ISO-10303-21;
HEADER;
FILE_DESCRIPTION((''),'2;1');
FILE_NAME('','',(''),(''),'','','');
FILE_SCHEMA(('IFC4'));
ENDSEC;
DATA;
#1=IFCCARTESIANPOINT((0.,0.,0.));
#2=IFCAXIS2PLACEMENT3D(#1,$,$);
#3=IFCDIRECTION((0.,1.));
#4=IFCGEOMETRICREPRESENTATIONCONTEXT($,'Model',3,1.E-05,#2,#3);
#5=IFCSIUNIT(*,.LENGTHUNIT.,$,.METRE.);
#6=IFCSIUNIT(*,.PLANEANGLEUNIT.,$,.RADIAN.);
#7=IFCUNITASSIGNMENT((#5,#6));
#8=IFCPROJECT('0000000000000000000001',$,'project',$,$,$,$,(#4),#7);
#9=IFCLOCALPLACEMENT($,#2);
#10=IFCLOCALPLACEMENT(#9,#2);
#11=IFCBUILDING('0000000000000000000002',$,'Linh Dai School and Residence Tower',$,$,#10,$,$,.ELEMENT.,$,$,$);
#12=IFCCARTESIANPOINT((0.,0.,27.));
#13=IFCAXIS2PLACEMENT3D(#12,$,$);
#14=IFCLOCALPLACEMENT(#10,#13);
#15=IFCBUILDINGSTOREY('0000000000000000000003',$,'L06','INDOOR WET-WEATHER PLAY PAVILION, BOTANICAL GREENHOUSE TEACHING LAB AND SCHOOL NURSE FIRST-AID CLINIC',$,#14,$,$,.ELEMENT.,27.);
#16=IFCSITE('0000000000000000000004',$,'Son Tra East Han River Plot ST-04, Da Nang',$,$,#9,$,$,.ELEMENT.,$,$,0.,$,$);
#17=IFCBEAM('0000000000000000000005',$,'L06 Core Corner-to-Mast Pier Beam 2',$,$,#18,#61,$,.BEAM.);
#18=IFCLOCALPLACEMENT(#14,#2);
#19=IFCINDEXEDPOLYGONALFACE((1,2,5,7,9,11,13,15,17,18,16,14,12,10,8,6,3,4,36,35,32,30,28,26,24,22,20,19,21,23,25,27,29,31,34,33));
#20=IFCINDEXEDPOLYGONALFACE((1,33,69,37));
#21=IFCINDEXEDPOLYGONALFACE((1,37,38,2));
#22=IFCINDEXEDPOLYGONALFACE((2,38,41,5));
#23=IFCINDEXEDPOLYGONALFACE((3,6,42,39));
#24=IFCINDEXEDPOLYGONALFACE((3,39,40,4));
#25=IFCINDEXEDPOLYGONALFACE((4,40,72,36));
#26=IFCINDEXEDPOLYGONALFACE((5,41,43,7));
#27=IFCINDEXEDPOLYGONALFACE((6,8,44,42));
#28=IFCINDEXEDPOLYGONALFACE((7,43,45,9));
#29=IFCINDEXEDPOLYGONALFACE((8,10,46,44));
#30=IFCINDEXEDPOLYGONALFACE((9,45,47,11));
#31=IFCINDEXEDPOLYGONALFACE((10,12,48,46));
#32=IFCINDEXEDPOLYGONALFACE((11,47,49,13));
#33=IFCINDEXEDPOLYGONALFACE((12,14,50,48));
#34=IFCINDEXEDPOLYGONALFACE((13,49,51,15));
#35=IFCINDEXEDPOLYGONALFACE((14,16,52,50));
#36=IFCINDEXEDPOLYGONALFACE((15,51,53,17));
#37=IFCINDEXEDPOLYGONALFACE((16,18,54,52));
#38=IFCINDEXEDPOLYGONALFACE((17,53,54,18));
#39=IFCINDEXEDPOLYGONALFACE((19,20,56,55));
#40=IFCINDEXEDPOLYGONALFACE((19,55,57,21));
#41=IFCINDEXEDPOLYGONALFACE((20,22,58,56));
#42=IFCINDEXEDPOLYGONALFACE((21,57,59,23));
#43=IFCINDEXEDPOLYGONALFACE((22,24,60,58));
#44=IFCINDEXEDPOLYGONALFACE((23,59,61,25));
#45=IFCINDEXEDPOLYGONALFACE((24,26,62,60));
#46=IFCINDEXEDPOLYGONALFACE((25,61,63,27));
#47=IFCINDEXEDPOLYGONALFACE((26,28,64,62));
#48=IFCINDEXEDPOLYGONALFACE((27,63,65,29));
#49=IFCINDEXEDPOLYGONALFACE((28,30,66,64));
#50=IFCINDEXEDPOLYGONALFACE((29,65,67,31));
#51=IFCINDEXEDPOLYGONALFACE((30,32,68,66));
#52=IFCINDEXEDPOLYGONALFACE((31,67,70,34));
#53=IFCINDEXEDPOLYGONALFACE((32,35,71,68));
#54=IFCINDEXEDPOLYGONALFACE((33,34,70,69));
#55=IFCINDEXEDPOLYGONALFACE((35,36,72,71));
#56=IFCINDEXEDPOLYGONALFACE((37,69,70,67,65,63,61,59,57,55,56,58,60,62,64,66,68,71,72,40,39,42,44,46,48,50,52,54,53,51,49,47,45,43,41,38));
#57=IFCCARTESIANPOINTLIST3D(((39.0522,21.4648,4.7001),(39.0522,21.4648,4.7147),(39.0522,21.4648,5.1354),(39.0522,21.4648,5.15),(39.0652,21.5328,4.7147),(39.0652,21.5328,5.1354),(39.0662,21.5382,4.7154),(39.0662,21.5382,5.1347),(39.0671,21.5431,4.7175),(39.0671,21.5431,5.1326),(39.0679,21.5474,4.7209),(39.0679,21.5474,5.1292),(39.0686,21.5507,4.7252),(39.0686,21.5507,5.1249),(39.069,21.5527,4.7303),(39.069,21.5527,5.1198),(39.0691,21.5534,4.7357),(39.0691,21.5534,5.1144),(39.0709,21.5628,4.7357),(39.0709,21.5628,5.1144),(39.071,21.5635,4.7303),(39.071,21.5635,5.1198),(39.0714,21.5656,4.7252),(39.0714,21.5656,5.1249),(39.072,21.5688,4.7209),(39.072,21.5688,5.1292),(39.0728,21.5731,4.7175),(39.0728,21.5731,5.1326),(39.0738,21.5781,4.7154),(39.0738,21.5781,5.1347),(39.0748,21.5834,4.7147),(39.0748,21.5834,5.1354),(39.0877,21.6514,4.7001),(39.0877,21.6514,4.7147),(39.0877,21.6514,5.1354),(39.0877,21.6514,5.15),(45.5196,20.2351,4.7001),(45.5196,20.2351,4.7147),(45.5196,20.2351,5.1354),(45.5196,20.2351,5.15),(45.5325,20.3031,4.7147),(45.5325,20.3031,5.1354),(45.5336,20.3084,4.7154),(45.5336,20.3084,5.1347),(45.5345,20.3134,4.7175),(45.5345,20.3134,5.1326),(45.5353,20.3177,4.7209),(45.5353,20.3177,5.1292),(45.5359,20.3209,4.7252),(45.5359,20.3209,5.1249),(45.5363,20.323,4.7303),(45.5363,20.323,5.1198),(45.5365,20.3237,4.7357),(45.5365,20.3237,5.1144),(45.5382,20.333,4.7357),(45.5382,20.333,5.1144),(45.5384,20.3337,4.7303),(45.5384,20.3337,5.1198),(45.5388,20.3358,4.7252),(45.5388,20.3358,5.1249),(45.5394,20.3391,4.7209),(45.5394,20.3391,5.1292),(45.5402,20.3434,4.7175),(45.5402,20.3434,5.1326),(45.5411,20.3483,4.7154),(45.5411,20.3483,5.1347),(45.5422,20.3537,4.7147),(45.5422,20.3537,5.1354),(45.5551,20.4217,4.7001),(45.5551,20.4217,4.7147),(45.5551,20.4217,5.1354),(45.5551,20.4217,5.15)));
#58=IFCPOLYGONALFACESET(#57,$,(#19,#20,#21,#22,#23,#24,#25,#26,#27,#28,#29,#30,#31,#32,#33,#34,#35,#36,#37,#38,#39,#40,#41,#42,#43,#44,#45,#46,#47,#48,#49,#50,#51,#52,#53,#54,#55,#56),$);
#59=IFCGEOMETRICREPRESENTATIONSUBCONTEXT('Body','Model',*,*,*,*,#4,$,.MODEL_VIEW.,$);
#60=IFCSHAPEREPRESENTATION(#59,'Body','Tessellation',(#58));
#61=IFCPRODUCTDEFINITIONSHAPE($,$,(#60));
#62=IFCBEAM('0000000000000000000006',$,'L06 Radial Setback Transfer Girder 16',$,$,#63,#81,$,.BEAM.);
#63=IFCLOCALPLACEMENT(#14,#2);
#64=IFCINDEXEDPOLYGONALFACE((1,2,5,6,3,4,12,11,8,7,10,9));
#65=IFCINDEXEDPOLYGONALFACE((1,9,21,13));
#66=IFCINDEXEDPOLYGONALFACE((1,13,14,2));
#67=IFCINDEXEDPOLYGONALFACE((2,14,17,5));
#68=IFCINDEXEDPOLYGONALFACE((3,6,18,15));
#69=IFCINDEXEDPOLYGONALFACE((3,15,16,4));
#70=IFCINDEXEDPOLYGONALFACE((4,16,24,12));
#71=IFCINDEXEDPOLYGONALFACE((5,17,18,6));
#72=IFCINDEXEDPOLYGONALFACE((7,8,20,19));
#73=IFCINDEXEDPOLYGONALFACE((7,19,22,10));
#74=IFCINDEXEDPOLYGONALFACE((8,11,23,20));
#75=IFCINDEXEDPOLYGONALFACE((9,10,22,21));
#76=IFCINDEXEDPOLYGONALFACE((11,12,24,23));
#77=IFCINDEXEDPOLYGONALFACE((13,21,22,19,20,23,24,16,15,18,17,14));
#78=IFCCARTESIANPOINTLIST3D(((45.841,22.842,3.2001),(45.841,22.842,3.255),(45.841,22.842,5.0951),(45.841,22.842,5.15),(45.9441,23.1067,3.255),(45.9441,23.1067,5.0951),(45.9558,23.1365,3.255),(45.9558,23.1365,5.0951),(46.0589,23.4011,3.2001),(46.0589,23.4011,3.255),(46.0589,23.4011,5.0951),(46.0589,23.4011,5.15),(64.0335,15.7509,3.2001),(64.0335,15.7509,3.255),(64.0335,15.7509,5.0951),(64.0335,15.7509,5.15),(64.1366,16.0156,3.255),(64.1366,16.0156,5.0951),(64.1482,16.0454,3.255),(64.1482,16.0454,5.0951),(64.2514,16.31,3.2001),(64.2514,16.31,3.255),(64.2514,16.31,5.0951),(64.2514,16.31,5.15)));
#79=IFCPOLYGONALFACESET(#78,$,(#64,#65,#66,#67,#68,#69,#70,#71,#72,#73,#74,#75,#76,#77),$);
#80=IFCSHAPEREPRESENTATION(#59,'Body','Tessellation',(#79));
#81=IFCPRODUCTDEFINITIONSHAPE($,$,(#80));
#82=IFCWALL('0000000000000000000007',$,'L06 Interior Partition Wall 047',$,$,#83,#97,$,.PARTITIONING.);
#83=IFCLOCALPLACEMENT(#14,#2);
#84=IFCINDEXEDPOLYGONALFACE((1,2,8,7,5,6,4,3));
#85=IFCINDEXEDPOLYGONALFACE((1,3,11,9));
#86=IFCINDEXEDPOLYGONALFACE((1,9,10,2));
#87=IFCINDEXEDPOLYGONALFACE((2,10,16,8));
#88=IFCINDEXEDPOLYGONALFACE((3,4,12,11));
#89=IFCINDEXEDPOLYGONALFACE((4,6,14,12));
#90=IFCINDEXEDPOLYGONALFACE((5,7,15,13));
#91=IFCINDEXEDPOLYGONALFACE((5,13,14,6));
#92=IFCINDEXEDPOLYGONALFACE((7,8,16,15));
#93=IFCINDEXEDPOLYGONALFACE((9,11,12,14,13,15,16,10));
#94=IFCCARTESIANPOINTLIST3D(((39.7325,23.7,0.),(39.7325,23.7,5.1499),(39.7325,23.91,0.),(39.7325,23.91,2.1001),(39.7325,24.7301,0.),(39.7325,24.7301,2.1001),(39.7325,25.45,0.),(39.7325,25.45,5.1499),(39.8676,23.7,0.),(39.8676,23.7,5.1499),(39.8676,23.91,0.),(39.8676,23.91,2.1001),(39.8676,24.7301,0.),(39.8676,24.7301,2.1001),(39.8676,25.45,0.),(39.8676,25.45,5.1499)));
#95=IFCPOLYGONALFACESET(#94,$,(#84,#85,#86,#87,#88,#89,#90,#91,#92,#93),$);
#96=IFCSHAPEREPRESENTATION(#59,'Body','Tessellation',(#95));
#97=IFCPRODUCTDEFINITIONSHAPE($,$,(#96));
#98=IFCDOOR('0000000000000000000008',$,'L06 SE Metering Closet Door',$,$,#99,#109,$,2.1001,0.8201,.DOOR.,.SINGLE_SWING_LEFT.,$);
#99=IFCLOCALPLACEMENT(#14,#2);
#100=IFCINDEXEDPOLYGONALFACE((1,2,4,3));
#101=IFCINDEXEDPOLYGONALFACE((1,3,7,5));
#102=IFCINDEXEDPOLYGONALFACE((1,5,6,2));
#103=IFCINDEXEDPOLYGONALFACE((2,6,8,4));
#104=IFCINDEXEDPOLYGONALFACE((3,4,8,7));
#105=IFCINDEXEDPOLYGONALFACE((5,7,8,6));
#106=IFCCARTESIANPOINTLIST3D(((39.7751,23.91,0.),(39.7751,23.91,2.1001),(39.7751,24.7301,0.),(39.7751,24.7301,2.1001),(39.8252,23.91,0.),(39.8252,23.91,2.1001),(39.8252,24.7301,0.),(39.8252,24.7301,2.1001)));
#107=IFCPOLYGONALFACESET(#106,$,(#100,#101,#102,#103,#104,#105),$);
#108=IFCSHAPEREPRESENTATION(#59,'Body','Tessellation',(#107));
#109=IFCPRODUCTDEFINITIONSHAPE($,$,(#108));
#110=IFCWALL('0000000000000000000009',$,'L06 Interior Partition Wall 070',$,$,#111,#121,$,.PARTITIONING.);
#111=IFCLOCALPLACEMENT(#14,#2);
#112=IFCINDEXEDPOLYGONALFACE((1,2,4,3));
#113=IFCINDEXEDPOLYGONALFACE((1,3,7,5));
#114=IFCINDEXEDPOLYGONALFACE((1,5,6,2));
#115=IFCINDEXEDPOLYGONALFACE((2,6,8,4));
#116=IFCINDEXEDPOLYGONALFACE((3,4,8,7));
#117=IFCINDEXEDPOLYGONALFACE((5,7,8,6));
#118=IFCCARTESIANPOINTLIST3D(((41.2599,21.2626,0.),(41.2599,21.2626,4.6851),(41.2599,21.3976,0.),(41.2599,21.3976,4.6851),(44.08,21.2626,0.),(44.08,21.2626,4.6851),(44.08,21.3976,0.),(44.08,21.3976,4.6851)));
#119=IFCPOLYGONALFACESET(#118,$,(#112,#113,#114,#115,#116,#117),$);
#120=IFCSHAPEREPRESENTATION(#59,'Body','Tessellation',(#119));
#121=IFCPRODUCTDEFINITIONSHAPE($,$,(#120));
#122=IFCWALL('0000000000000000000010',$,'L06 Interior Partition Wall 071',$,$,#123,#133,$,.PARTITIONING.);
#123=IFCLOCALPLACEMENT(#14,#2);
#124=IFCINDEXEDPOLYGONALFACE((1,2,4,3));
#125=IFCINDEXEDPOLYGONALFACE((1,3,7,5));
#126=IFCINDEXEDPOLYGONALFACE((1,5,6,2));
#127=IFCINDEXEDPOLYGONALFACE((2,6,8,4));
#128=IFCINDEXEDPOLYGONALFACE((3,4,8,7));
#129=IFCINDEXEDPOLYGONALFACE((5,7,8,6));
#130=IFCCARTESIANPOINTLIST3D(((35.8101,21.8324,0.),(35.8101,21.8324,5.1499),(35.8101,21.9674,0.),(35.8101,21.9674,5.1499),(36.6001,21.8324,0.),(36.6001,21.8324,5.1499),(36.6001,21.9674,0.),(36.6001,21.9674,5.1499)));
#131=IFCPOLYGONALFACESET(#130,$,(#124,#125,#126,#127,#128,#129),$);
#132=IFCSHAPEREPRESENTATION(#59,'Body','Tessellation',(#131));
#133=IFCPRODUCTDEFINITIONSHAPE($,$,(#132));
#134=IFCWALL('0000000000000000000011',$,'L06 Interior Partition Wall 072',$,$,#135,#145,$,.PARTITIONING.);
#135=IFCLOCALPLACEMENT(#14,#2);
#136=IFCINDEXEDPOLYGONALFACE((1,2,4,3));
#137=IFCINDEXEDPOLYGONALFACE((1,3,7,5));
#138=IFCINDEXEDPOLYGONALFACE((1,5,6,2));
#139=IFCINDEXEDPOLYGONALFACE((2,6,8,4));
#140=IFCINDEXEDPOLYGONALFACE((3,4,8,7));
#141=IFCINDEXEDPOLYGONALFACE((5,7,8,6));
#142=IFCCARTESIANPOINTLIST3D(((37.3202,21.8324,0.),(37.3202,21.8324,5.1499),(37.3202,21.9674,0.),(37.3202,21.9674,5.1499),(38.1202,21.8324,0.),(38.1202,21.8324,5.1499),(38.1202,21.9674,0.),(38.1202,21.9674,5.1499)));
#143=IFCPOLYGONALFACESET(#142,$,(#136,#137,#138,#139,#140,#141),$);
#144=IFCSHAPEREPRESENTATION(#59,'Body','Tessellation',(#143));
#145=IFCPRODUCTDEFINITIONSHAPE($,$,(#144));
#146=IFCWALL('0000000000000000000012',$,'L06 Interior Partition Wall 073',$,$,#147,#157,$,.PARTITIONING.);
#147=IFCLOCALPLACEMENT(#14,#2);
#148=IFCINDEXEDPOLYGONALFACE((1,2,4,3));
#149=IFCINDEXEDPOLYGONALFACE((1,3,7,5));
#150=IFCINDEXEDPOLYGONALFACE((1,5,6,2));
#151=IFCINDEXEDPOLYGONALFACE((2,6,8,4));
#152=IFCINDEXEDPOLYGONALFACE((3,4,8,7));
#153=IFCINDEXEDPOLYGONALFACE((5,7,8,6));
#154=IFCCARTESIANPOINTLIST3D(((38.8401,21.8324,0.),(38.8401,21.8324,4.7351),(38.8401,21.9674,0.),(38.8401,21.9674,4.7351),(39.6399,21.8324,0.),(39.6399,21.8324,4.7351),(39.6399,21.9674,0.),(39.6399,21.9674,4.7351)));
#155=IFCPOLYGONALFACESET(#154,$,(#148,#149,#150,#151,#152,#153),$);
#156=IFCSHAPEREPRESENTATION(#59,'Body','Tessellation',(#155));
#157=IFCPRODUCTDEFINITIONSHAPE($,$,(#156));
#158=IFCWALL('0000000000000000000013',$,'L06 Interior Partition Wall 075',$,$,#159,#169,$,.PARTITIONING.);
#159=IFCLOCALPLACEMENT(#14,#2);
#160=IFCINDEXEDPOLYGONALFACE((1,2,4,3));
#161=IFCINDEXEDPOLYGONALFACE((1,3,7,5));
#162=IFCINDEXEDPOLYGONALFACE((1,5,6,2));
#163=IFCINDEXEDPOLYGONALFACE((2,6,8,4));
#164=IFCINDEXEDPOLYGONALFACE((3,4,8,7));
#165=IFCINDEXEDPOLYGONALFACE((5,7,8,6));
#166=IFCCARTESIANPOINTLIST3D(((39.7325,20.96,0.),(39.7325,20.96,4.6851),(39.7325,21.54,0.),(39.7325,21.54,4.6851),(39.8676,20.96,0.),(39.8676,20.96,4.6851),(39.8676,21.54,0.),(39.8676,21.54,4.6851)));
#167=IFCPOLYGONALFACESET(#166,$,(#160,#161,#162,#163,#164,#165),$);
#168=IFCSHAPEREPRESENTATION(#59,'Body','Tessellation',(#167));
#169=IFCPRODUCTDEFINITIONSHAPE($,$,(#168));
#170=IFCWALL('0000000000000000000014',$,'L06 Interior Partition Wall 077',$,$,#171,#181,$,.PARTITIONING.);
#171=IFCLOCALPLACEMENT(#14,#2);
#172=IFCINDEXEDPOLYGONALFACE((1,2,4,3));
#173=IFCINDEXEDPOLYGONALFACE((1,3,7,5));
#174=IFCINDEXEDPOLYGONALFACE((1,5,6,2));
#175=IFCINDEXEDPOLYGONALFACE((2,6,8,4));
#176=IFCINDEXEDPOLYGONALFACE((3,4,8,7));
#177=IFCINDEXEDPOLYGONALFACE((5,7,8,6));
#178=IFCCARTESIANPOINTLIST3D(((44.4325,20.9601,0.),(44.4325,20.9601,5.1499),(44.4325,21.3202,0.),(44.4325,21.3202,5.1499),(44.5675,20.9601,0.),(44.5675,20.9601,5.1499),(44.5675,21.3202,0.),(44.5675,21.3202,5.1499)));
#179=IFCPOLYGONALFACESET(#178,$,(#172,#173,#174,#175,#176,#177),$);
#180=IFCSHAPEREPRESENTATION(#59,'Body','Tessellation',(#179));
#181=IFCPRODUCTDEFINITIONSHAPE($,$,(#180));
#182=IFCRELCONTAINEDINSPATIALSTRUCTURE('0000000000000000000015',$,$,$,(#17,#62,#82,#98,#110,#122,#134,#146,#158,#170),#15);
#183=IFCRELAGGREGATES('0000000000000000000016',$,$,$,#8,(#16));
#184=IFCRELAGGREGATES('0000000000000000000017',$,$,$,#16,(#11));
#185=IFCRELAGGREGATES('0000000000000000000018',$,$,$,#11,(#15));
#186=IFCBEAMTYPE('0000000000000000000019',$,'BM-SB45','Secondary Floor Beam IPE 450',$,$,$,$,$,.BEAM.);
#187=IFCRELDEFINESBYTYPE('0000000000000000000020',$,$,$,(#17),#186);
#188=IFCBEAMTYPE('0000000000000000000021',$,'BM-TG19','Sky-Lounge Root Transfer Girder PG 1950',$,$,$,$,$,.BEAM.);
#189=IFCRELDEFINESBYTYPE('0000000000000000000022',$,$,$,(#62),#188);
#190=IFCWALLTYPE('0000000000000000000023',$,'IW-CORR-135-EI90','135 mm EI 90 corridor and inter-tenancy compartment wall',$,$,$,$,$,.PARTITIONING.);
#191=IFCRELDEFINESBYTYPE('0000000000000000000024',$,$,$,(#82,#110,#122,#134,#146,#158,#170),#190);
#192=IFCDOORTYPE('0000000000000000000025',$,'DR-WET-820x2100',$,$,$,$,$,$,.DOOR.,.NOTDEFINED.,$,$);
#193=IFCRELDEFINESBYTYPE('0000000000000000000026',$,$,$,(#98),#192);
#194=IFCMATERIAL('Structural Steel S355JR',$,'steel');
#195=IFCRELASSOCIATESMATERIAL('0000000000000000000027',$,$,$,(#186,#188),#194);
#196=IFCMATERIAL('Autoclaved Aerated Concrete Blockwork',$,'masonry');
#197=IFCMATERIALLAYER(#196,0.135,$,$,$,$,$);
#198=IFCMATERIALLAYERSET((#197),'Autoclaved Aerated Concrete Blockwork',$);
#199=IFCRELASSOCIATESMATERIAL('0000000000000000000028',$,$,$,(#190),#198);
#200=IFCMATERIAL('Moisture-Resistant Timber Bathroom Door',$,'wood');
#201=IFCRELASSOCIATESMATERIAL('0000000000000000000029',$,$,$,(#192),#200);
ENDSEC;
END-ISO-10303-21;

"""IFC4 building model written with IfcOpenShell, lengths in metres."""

from ifc_helpers import new_model, si_unit, direction, frame, frame_2d, origin, origin_2d, place, context, subcontext, project, spatial, rectangle, i_section, extrude, source, transform, mapped, material, layer, layer_set, material_profile, profile_set, type_object, element, fill, save


model = new_model("IFC4")

# Units and contexts
model_context = context("Model", 3, precision=1e-05, world=origin(), true_north=direction((0.0, 1.0)))
body_context = subcontext(model_context, "Body", "Model", "MODEL_VIEW")
ifc_project = project(units=[si_unit("LENGTHUNIT", "METRE"), si_unit("PLANEANGLEUNIT", "RADIAN")], contexts=[model_context])

# Site, building, storey
site_placement = place(None, origin())
site = spatial("IfcSite", under=ifc_project, at=site_placement, Name="Son Tra East Han River Plot ST-04, Da Nang", CompositionType="ELEMENT", RefElevation=0.0)
building_placement = place(site_placement, origin())
building = spatial("IfcBuilding", under=site, at=building_placement, Name="Linh Dai School and Residence Tower", CompositionType="ELEMENT")
storey_placement = place(building_placement, frame((0.0, 0.0, 27.0)))
storey = spatial("IfcBuildingStorey", under=building, at=storey_placement, Name="L06", Description="INDOOR WET-WEATHER PLAY PAVILION, BOTANICAL GREENHOUSE TEACHING LAB AND SCHOOL NURSE FIRST-AID CLINIC", CompositionType="ELEMENT", Elevation=27.0)

# Shared definitions
ifc_material_1 = material(Name="Structural Steel S355JR", Category="steel")

# Beams
ifc_material_profile_1 = material_profile(ifc_material_1, i_section(OverallWidth=0.1899, OverallDepth=0.45, WebThickness=0.0095, FlangeThickness=0.0146, FilletRadius=0.021, at=origin_2d()), Name="IPE 450")
ifc_profile_set_1 = profile_set([ifc_material_profile_1], Name="Structural Steel S355JR")
beam_type_1 = type_object("IfcBeamType", Name="BM-SB45", Description="Secondary Floor Beam IPE 450", PredefinedType="BEAM", material=ifc_profile_set_1)
beam_1_placement = place(storey_placement, frame((45.5374, 20.3284, 4.925), z_axis=(-0.982398, 0.1868, 0.0), x_axis=(-0.1868, -0.982398, 0.0)))
element("IfcBeam", 1, at=beam_1_placement, inside=storey, type_object=beam_type_1, Name="L06 Core Corner-to-Mast Pier Beam 2", PredefinedType="BEAM", context=body_context, shape_type="SweptSolid", body=[
    extrude(i_section(OverallWidth=0.1899, OverallDepth=0.45, WebThickness=0.0095, FlangeThickness=0.0146, FilletRadius=0.021, at=origin_2d()), origin(), (0.0, 0.0, 1.0), 6.5833),
])
ifc_material_profile_2 = material_profile(ifc_material_1, i_section(OverallWidth=0.6001, OverallDepth=1.95, WebThickness=0.032, FlangeThickness=0.0549, at=origin_2d()), Name="PG 1950x600x32x55")
ifc_profile_set_2 = profile_set([ifc_material_profile_2], Name="Structural Steel S355JR")
beam_type_2 = type_object("IfcBeamType", Name="BM-TG19", Description="Sky-Lounge Root Transfer Girder PG 1950", PredefinedType="BEAM", material=ifc_profile_set_2)
beam_2_placement = place(storey_placement, frame((45.95, 23.1216, 4.175), z_axis=(0.931723, -0.363169, 0.0), x_axis=(0.363169, 0.931723, 0.0)))
element("IfcBeam", 2, at=beam_2_placement, inside=storey, type_object=beam_type_2, Name="L06 Radial Setback Transfer Girder 16", PredefinedType="BEAM", context=body_context, shape_type="SweptSolid", body=[
    extrude(i_section(OverallWidth=0.6001, OverallDepth=1.95, WebThickness=0.032, FlangeThickness=0.0549, at=origin_2d()), origin(), (0.0, 0.0, 1.0), 19.5256),
])

# Wall, opening, door
ifc_material_2 = material(Name="Autoclaved Aerated Concrete Blockwork", Category="masonry")
ifc_layer_1 = layer(ifc_material_2, 0.135)
ifc_layer_set_1 = layer_set([ifc_layer_1], Name="Autoclaved Aerated Concrete Blockwork")
wall_type_1 = type_object("IfcWallType", Name="IW-CORR-135-EI90", Description="135 mm EI 90 corridor and inter-tenancy compartment wall", PredefinedType="PARTITIONING", material=ifc_layer_set_1)
wall_1_placement = place(storey_placement, frame((39.8, 23.7, 0.0), z_axis=(0.0, 0.0, 1.0), x_axis=(0.0, 1.0, 0.0)))
wall_1 = element("IfcWall", 3, at=wall_1_placement, inside=storey, type_object=wall_type_1, Name="L06 Interior Partition Wall 047", PredefinedType="PARTITIONING", context=body_context, shape_type="SweptSolid", body=[
    extrude(rectangle(XDim=1.75, YDim=0.135, at=frame_2d((0.875, 0.0))), origin(), (0.0, 0.0, 1.0), 5.1499),
])
opening_placement = place(wall_1_placement, frame((0.21, 0.0, 0.0)))
opening = element("IfcOpeningElement", 4, at=opening_placement, cuts=wall_1, PredefinedType="OPENING", context=body_context, shape_type="SweptSolid", body=[
    extrude(rectangle(XDim=0.8201, YDim=2.1001, at=origin_2d()), frame((0.4102, 0.0776, 1.05), z_axis=(0.0, -1.0, 0.0), x_axis=(1.0, 0.0, 0.0)), (0.0, 0.0, 1.0), 0.155),
])
ifc_material_3 = material(Name="Moisture-Resistant Timber Bathroom Door", Category="wood")
door_type = type_object("IfcDoorType", Name="DR-WET-820x2100", OperationType="NOTDEFINED", PredefinedType="DOOR", material=ifc_material_3)
shared_shape_1 = source(origin(), body_context, "Body", "SweptSolid", [
    extrude(rectangle(XDim=0.8201, YDim=2.1001, at=origin_2d()), frame((0.4102, 0.0249, 1.05), z_axis=(0.0, -1.0, 0.0), x_axis=(1.0, 0.0, 0.0)), (0.0, 0.0, 1.0), 0.05),
])
door_placement = place(opening_placement, origin())
door = element("IfcDoor", 5, at=door_placement, inside=storey, type_object=door_type, Name="L06 SE Metering Closet Door", OperationType="SINGLE_SWING_LEFT", OverallHeight=2.1001, OverallWidth=0.8201, PredefinedType="DOOR", context=body_context, shape_type="MappedRepresentation", body=[
    mapped(shared_shape_1, transform((0.0, 0.0, 0.0), x_axis=(1.0, 0.0, 0.0), y_axis=(0.0, 1.0, 0.0), z_axis=(0.0, 0.0, 1.0), scale=1.0)),
])
fill(opening, door)

# Walls
wall_2_placement = place(storey_placement, frame((44.0801, 21.3301, 0.0), z_axis=(0.0, 0.0, 1.0), x_axis=(-1.0, 0.0, 0.0)))
element("IfcWall", 6, at=wall_2_placement, inside=storey, type_object=wall_type_1, Name="L06 Interior Partition Wall 070", PredefinedType="PARTITIONING", context=body_context, shape_type="SweptSolid", body=[
    extrude(rectangle(XDim=2.8201, YDim=0.135, at=frame_2d((1.4102, 0.0))), origin(), (0.0, 0.0, 1.0), 4.6851),
])
wall_3_placement = place(storey_placement, frame((36.6001, 21.8999, 0.0), z_axis=(0.0, 0.0, 1.0), x_axis=(-1.0, 0.0, 0.0)))
element("IfcWall", 7, at=wall_3_placement, inside=storey, type_object=wall_type_1, Name="L06 Interior Partition Wall 071", PredefinedType="PARTITIONING", context=body_context, shape_type="SweptSolid", body=[
    extrude(rectangle(XDim=0.79, YDim=0.135, at=frame_2d((0.395, 0.0))), origin(), (0.0, 0.0, 1.0), 5.1499),
])
wall_4_placement = place(storey_placement, frame((38.1201, 21.8999, 0.0), z_axis=(0.0, 0.0, 1.0), x_axis=(-1.0, 0.0, 0.0)))
element("IfcWall", 8, at=wall_4_placement, inside=storey, type_object=wall_type_1, Name="L06 Interior Partition Wall 072", PredefinedType="PARTITIONING", context=body_context, shape_type="SweptSolid", body=[
    extrude(rectangle(XDim=0.8, YDim=0.135, at=frame_2d((0.3999, 0.0))), origin(), (0.0, 0.0, 1.0), 5.1499),
])
wall_5_placement = place(storey_placement, frame((39.6399, 21.8999, 0.0), z_axis=(0.0, 0.0, 1.0), x_axis=(-1.0, 0.0, 0.0)))
element("IfcWall", 9, at=wall_5_placement, inside=storey, type_object=wall_type_1, Name="L06 Interior Partition Wall 073", PredefinedType="PARTITIONING", context=body_context, shape_type="SweptSolid", body=[
    extrude(rectangle(XDim=0.7998, YDim=0.135, at=frame_2d((0.3999, 0.0))), origin(), (0.0, 0.0, 1.0), 4.7351),
])
wall_6_placement = place(storey_placement, frame((39.8, 20.96, 0.0), z_axis=(0.0, 0.0, 1.0), x_axis=(0.0, 1.0, 0.0)))
element("IfcWall", 10, at=wall_6_placement, inside=storey, type_object=wall_type_1, Name="L06 Interior Partition Wall 075", PredefinedType="PARTITIONING", context=body_context, shape_type="SweptSolid", body=[
    extrude(rectangle(XDim=0.5801, YDim=0.135, at=frame_2d((0.29, 0.0))), origin(), (0.0, 0.0, 1.0), 4.6851),
])
wall_7_placement = place(storey_placement, frame((44.5, 20.96, 0.0), z_axis=(0.0, 0.0, 1.0), x_axis=(0.0, 1.0, 0.0)))
element("IfcWall", 11, at=wall_7_placement, inside=storey, type_object=wall_type_1, Name="L06 Interior Partition Wall 077", PredefinedType="PARTITIONING", context=body_context, shape_type="SweptSolid", body=[
    extrude(rectangle(XDim=0.3601, YDim=0.135, at=frame_2d((0.1802, 0.0))), origin(), (0.0, 0.0, 1.0), 5.1499),
])

save(model, "model.ifc")
